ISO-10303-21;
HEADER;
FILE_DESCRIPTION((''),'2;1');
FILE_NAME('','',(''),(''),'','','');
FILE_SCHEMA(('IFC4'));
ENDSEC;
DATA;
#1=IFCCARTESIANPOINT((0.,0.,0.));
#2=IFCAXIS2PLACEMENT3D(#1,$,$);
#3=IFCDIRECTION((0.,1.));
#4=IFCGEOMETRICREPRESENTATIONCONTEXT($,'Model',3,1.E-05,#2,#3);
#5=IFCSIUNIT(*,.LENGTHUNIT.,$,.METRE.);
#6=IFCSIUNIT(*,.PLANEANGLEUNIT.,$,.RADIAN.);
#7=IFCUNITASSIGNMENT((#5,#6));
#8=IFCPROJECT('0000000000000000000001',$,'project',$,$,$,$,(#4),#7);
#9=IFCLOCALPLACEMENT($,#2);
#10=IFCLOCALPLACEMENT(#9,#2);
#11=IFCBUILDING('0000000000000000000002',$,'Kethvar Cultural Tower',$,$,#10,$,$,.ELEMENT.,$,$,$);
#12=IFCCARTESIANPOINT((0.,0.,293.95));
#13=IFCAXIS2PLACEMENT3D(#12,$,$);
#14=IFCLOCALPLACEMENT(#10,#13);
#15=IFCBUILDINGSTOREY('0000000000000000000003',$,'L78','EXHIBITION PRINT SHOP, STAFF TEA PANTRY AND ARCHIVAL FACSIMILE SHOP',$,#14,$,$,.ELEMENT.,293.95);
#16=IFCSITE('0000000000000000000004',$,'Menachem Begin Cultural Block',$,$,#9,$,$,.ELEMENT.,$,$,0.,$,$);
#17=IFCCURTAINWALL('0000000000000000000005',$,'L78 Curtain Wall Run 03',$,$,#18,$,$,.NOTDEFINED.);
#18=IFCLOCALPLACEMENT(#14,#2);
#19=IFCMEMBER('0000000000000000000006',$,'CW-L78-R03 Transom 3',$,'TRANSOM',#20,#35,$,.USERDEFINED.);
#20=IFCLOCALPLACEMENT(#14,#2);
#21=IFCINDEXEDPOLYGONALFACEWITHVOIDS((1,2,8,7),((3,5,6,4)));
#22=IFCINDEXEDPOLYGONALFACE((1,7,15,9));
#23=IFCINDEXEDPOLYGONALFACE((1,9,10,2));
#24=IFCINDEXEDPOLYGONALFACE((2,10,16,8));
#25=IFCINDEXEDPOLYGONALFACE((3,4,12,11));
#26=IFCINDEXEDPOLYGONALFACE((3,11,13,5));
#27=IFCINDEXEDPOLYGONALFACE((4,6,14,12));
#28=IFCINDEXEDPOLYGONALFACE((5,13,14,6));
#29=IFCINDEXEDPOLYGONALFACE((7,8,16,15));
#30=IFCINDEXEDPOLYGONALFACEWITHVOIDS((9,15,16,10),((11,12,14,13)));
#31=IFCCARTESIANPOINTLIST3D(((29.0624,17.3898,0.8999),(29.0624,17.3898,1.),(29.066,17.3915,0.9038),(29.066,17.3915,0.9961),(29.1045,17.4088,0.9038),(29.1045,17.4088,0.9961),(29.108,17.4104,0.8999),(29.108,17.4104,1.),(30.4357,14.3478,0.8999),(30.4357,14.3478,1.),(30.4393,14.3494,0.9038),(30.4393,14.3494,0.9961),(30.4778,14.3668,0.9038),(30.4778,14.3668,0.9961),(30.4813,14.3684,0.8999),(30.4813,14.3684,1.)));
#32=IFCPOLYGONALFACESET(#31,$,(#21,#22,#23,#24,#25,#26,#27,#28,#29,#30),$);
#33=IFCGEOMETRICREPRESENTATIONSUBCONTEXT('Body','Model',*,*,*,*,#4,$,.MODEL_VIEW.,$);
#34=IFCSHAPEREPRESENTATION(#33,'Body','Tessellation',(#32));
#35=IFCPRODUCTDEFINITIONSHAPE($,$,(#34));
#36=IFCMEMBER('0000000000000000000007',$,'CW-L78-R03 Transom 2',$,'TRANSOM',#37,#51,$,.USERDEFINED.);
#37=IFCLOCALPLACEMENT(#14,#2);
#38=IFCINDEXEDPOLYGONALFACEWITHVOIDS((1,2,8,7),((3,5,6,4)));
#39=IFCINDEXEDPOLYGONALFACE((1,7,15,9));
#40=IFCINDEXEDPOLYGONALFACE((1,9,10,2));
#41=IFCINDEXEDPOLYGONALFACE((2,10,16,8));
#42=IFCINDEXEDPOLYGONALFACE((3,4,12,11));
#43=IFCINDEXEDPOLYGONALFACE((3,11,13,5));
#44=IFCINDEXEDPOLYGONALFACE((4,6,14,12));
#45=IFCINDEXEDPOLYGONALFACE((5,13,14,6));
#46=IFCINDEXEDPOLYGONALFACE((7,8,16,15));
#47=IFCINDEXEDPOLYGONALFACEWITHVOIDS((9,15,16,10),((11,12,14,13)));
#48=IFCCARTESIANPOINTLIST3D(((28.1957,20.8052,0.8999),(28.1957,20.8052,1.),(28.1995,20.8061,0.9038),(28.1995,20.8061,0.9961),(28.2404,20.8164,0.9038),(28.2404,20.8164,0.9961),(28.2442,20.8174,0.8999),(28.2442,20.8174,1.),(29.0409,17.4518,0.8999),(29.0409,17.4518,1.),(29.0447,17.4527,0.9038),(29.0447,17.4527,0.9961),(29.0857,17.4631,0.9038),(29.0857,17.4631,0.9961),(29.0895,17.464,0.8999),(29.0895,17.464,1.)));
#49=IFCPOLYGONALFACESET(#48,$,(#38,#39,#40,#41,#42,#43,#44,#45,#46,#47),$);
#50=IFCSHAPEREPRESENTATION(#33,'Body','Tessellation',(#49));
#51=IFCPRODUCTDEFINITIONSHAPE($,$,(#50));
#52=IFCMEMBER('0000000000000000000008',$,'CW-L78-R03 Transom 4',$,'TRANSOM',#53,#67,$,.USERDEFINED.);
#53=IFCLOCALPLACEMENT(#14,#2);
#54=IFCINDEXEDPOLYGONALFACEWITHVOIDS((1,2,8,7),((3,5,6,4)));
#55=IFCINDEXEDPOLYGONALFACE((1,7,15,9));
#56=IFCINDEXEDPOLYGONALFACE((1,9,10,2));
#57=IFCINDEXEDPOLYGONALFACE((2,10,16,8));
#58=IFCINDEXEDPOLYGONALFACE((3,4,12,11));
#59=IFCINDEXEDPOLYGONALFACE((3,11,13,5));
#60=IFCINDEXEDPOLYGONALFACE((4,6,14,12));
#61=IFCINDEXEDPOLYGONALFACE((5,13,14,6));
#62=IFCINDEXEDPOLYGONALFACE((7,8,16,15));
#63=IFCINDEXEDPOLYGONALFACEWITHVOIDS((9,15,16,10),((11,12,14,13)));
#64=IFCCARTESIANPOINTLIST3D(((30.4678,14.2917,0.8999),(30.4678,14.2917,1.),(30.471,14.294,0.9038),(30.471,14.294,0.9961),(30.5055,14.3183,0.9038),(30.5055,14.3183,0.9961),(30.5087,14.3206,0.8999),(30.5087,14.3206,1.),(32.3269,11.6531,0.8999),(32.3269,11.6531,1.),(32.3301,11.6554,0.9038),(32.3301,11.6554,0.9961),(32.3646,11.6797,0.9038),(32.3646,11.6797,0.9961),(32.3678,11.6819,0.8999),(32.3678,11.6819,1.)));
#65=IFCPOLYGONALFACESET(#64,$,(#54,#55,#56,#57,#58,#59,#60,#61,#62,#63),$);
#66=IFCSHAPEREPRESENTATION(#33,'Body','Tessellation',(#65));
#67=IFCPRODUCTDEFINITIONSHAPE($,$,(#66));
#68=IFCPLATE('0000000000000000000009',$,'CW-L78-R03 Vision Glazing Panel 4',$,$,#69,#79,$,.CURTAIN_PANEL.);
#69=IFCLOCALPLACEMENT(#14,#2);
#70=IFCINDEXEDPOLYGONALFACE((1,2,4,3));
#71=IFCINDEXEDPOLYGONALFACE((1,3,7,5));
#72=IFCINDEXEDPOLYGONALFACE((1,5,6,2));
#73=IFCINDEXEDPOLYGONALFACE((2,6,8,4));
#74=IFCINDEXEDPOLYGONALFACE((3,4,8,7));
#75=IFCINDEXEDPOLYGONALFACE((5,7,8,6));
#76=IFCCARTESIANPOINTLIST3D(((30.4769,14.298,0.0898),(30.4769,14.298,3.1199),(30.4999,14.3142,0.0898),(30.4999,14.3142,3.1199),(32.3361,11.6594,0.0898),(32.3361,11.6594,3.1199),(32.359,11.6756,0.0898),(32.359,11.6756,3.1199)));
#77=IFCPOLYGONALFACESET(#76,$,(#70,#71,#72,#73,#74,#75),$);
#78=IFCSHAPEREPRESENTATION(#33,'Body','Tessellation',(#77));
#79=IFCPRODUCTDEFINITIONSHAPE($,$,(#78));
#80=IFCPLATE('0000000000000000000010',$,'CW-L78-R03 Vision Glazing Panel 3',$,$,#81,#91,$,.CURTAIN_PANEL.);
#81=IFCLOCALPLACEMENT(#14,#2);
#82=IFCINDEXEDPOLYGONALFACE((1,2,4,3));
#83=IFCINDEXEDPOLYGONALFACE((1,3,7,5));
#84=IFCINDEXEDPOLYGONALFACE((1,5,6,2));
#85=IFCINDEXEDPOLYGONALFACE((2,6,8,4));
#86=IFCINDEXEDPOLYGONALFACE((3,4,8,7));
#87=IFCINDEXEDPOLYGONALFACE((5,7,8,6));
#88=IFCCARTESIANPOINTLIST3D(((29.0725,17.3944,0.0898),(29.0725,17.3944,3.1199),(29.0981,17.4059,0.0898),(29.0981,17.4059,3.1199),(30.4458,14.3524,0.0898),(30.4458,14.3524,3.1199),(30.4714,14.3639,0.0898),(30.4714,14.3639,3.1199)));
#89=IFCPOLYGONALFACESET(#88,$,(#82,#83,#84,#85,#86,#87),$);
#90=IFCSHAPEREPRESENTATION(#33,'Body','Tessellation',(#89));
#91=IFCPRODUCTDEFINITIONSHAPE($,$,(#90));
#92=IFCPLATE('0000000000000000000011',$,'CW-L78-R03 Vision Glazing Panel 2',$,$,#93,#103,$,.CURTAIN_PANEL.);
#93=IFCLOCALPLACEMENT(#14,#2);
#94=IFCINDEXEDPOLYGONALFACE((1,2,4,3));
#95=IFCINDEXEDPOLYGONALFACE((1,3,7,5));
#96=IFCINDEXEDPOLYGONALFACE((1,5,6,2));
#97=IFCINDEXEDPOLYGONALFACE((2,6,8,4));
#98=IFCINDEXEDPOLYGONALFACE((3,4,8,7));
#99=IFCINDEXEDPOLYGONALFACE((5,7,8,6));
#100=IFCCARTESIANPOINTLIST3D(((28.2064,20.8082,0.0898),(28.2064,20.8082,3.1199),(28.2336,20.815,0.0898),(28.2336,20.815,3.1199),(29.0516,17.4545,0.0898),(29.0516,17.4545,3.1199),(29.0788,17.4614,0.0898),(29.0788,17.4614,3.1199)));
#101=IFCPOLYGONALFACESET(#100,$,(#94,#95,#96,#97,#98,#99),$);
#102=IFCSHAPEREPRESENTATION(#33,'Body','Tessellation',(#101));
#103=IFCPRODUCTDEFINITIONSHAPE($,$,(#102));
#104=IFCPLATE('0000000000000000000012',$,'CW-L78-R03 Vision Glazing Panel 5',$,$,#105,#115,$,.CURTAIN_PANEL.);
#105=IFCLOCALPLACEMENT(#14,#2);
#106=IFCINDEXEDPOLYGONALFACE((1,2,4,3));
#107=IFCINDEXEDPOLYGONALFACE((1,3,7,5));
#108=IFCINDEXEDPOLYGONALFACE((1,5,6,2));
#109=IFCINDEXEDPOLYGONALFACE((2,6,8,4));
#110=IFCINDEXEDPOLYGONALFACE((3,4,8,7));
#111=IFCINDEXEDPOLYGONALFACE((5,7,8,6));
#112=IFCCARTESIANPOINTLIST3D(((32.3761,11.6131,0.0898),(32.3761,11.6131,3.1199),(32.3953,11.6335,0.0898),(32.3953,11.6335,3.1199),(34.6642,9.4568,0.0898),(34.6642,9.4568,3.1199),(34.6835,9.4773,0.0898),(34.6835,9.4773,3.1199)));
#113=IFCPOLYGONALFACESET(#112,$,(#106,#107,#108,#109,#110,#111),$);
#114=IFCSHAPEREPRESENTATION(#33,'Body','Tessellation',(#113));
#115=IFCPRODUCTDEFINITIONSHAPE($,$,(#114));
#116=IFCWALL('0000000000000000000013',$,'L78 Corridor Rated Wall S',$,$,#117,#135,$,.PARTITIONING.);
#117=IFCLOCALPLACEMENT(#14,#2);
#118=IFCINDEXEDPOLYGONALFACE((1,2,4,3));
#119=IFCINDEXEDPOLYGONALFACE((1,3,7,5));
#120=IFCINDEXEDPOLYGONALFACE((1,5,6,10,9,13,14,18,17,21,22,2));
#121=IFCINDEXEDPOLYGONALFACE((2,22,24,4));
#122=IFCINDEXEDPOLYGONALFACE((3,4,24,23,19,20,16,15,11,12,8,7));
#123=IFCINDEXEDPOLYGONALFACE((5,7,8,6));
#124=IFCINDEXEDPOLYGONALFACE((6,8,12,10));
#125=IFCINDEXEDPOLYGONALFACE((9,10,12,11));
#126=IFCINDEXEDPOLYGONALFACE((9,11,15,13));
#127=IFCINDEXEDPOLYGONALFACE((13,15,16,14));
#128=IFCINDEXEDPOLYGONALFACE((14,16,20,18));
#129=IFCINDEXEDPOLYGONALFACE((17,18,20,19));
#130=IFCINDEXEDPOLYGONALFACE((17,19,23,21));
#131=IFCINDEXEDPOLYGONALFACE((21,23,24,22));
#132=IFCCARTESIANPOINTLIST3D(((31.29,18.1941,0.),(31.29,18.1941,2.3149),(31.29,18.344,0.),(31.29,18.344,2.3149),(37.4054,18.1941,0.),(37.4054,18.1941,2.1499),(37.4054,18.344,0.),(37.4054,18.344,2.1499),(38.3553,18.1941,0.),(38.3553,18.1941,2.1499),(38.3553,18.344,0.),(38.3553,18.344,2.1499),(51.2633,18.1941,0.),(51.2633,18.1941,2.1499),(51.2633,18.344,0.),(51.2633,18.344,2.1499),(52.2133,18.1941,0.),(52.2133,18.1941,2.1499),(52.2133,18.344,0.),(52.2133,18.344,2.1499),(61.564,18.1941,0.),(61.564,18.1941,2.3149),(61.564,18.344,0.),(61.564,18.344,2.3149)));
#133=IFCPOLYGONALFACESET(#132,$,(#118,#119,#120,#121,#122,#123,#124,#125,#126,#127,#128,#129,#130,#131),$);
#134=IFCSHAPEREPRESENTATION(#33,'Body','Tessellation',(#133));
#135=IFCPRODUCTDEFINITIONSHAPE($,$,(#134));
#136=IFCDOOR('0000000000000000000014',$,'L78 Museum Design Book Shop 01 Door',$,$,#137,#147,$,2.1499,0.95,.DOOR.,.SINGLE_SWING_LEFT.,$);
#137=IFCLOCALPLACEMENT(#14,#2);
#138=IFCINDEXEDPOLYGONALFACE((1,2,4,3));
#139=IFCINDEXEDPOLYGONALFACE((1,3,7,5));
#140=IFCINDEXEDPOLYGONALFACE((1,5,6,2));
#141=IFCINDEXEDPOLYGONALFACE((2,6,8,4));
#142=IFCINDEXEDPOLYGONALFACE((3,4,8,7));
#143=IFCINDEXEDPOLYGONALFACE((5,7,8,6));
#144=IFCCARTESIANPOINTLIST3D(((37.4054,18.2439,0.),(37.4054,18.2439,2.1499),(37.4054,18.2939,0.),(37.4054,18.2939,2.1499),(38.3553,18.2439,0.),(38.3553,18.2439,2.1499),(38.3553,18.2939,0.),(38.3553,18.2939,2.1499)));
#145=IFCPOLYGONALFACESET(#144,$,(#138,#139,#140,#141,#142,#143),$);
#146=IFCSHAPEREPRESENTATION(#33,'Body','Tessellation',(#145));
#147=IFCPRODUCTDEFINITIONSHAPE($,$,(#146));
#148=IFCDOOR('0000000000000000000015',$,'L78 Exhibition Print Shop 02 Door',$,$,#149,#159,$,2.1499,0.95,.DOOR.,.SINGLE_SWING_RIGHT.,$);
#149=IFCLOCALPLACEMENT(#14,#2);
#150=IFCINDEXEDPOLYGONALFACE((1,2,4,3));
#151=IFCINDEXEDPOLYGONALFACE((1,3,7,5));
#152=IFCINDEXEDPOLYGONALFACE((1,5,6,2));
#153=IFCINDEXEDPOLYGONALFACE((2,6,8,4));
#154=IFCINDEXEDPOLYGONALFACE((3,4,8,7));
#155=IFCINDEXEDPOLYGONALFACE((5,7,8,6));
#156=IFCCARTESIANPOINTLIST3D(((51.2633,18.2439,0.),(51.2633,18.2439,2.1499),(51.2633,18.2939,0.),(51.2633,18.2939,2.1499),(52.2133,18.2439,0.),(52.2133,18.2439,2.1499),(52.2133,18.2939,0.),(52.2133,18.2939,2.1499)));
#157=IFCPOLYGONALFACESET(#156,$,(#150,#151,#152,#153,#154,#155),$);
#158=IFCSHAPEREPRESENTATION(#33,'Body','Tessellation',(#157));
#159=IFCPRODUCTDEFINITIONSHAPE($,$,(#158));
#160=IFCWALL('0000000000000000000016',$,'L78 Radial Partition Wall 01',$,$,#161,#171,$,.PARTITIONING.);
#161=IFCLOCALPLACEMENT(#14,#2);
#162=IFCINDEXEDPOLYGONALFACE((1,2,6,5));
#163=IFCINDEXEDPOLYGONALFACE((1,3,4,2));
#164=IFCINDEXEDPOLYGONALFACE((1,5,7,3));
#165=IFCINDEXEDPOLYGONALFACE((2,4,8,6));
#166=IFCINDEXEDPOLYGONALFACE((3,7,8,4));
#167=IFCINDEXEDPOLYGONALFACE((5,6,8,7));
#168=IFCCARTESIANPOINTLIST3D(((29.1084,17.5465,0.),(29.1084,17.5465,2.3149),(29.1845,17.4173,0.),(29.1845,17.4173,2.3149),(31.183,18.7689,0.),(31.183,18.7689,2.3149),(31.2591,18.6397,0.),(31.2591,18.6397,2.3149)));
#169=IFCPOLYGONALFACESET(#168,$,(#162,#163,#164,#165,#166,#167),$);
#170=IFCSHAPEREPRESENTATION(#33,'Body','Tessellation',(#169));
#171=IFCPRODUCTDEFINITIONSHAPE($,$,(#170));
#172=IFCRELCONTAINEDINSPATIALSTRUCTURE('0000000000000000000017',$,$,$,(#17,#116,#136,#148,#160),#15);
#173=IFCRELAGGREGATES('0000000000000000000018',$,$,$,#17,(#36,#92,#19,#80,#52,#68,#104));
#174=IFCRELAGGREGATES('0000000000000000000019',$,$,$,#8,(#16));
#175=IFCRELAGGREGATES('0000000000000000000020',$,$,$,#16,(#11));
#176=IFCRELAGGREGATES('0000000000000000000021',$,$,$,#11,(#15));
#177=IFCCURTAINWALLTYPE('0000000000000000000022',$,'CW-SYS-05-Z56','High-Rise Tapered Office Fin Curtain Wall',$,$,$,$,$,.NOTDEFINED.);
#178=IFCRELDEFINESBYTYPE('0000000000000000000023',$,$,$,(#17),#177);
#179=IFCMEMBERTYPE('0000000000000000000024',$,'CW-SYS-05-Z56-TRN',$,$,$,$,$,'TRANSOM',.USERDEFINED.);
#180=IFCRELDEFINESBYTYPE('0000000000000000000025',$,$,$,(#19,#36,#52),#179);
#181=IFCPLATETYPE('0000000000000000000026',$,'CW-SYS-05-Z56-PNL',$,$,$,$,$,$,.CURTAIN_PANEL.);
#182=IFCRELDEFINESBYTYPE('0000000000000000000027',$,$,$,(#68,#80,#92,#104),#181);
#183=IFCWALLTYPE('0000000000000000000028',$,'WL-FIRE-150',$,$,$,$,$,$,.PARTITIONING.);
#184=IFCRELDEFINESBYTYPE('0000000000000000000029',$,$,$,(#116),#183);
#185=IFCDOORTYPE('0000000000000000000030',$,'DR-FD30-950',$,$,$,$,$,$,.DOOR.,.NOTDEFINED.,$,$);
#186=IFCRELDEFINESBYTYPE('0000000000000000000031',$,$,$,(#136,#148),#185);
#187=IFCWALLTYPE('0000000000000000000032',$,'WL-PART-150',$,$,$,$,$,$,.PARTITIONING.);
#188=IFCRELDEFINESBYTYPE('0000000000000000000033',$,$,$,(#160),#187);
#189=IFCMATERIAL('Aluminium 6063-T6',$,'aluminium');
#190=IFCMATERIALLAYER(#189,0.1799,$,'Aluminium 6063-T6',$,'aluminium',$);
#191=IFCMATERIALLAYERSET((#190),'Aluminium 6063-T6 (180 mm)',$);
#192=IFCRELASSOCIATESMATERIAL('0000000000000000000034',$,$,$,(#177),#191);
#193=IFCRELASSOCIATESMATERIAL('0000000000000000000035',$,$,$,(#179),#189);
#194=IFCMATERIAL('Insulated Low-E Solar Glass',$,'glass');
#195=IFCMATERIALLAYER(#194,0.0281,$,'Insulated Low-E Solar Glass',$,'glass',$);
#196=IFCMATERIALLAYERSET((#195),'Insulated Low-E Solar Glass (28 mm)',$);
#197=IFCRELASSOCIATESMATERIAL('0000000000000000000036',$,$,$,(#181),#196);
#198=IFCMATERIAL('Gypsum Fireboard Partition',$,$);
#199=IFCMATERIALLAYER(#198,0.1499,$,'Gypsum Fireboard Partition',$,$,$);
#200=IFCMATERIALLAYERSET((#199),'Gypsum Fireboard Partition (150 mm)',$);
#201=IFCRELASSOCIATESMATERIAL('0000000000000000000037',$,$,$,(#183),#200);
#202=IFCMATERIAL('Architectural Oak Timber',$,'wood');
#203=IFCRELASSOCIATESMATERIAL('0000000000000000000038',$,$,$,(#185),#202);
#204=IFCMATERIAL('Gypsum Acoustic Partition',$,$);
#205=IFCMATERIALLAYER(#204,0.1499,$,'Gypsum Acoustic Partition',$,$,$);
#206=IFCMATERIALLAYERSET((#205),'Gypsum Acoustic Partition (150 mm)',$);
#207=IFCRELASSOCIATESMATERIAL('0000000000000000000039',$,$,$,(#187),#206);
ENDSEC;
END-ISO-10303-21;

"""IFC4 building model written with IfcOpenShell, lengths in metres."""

from ifc_helpers import new_model, si_unit, direction, frame, frame_2d, origin, origin_2d, place, context, subcontext, project, spatial, rectangle, hollow_rectangle, extrude, source, transform, mapped, material, layer, layer_set, material_profile, profile_set, type_object, element, fill, aggregate, save


model = new_model("IFC4")

# Units and contexts
model_context = context("Model", 3, precision=1e-05, world=origin(), true_north=direction((0.0, 1.0)))
body_context = subcontext(model_context, "Body", "Model", "MODEL_VIEW")
ifc_project = project(units=[si_unit("LENGTHUNIT", "METRE"), si_unit("PLANEANGLEUNIT", "RADIAN")], contexts=[model_context])

# Site, building, storey
site_placement = place(None, origin())
site = spatial("IfcSite", under=ifc_project, at=site_placement, Name="Menachem Begin Cultural Block", CompositionType="ELEMENT", RefElevation=0.0)
building_placement = place(site_placement, origin())
building = spatial("IfcBuilding", under=site, at=building_placement, Name="Kethvar Cultural Tower", CompositionType="ELEMENT")
storey_placement = place(building_placement, frame((0.0, 0.0, 293.95)))
storey = spatial("IfcBuildingStorey", under=building, at=storey_placement, Name="L78", Description="EXHIBITION PRINT SHOP, STAFF TEA PANTRY AND ARCHIVAL FACSIMILE SHOP", CompositionType="ELEMENT", Elevation=293.95)

# Curtain wall, members, plates
ifc_material_1 = material(Name="Aluminium 6063-T6", Category="aluminium")
ifc_layer_1 = layer(ifc_material_1, 0.1799, Name="Aluminium 6063-T6", Category="aluminium")
ifc_layer_set_1 = layer_set([ifc_layer_1], Name="Aluminium 6063-T6 (180 mm)")
curtain_wall_type = type_object("IfcCurtainWallType", Name="CW-SYS-05-Z56", Description="High-Rise Tapered Office Fin Curtain Wall", PredefinedType="NOTDEFINED", material=ifc_layer_set_1)
curtain_wall_placement = place(storey_placement, origin())
curtain_wall = element("IfcCurtainWall", 1, at=curtain_wall_placement, inside=storey, type_object=curtain_wall_type, Name="L78 Curtain Wall Run 03", PredefinedType="NOTDEFINED")
ifc_material_profile_1 = material_profile(ifc_material_1, hollow_rectangle(XDim=0.05, YDim=0.1001, WallThickness=0.0039, at=origin_2d()), Name="Aluminium 6063-T6 — RHS100x50x4")
ifc_profile_set_1 = profile_set([ifc_material_profile_1], Name="Aluminium 6063-T6 — RHS100x50x4")
member_type_1 = type_object("IfcMemberType", Name="CW-SYS-05-Z56-TRN", ElementType="TRANSOM", PredefinedType="USERDEFINED", material=ifc_profile_set_1)
shared_shape_1 = source(origin(), body_context, "Body", "SweptSolid", [
    extrude(hollow_rectangle(XDim=0.05, YDim=0.1001, WallThickness=0.0039, at=origin_2d()), origin(), (0.0, 0.0, 1.0), 3.3376),
])
member_1_placement = place(storey_placement, frame((29.0852, 17.4001, 0.95), z_axis=(0.411459, -0.911428, 0.0), x_axis=(0.911428, 0.411459, 0.0)))
member_1 = element("IfcMember", 2, at=member_1_placement, type_object=member_type_1, Name="CW-L78-R03 Transom 3", ObjectType="TRANSOM", PredefinedType="USERDEFINED", context=body_context, shape_type="MappedRepresentation", body=[
    mapped(shared_shape_1, transform((0.0, 0.0, 0.0), scale=1.0)),
])
shared_shape_2 = source(origin(), body_context, "Body", "SweptSolid", [
    extrude(hollow_rectangle(XDim=0.05, YDim=0.1001, WallThickness=0.0039, at=origin_2d()), origin(), (0.0, 0.0, 1.0), 3.4583),
])
member_2_placement = place(storey_placement, frame((28.22, 20.8113, 0.95), z_axis=(0.244412, -0.969671, 0.0), x_axis=(0.969671, 0.244412, 0.0)))
member_2 = element("IfcMember", 3, at=member_2_placement, type_object=member_type_1, Name="CW-L78-R03 Transom 2", ObjectType="TRANSOM", PredefinedType="USERDEFINED", context=body_context, shape_type="MappedRepresentation", body=[
    mapped(shared_shape_2, transform((0.0, 0.0, 0.0), scale=1.0)),
])
shared_shape_3 = source(origin(), body_context, "Body", "SweptSolid", [
    extrude(hollow_rectangle(XDim=0.05, YDim=0.1001, WallThickness=0.0039, at=origin_2d()), origin(), (0.0, 0.0, 1.0), 3.2278),
])
member_3_placement = place(storey_placement, frame((30.4883, 14.3062, 0.95), z_axis=(0.575967, -0.817473, 0.0), x_axis=(0.817473, 0.575967, 0.0)))
member_3 = element("IfcMember", 4, at=member_3_placement, type_object=member_type_1, Name="CW-L78-R03 Transom 4", ObjectType="TRANSOM", PredefinedType="USERDEFINED", context=body_context, shape_type="MappedRepresentation", body=[
    mapped(shared_shape_3, transform((0.0, 0.0, 0.0), scale=1.0)),
])
ifc_material_2 = material(Name="Insulated Low-E Solar Glass", Category="glass")
ifc_layer_2 = layer(ifc_material_2, 0.0281, Name="Insulated Low-E Solar Glass", Category="glass")
ifc_layer_set_2 = layer_set([ifc_layer_2], Name="Insulated Low-E Solar Glass (28 mm)")
plate_type = type_object("IfcPlateType", Name="CW-SYS-05-Z56-PNL", PredefinedType="CURTAIN_PANEL", material=ifc_layer_set_2)
shared_shape_4 = source(origin(), body_context, "Body", "SweptSolid", [
    extrude(rectangle(XDim=3.2278, YDim=0.0281, at=origin_2d()), origin(), (0.0, 0.0, 1.0), 3.03),
])
plate_1_placement = place(storey_placement, frame((31.418, 12.9868, 0.0898), z_axis=(0.0, 0.0, 1.0), x_axis=(0.575976, -0.817467, 0.0)))
plate_1 = element("IfcPlate", 5, at=plate_1_placement, type_object=plate_type, Name="CW-L78-R03 Vision Glazing Panel 4", PredefinedType="CURTAIN_PANEL", context=body_context, shape_type="MappedRepresentation", body=[
    mapped(shared_shape_4, transform((0.0, 0.0, 0.0), scale=1.0)),
])
shared_shape_5 = source(origin(), body_context, "Body", "SweptSolid", [
    extrude(rectangle(XDim=3.3376, YDim=0.0281, at=origin_2d()), origin(), (0.0, 0.0, 1.0), 3.03),
])
plate_2_placement = place(storey_placement, frame((29.772, 15.8792, 0.0898), z_axis=(0.0, 0.0, 1.0), x_axis=(0.411467, -0.911425, 0.0)))
plate_2 = element("IfcPlate", 6, at=plate_2_placement, type_object=plate_type, Name="CW-L78-R03 Vision Glazing Panel 3", PredefinedType="CURTAIN_PANEL", context=body_context, shape_type="MappedRepresentation", body=[
    mapped(shared_shape_5, transform((0.0, 0.0, 0.0), scale=1.0)),
])
shared_shape_6 = source(origin(), body_context, "Body", "SweptSolid", [
    extrude(rectangle(XDim=3.4585, YDim=0.0281, at=origin_2d()), origin(), (0.0, 0.0, 1.0), 3.03),
])
plate_3_placement = place(storey_placement, frame((28.6426, 19.1348, 0.0898), z_axis=(0.0, 0.0, 1.0), x_axis=(0.244377, -0.96968, 0.0)))
plate_3 = element("IfcPlate", 7, at=plate_3_placement, type_object=plate_type, Name="CW-L78-R03 Vision Glazing Panel 2", PredefinedType="CURTAIN_PANEL", context=body_context, shape_type="MappedRepresentation", body=[
    mapped(shared_shape_6, transform((0.0, 0.0, 0.0), scale=1.0)),
])
shared_shape_7 = source(origin(), body_context, "Body", "SweptSolid", [
    extrude(rectangle(XDim=3.144, YDim=0.0281, at=origin_2d()), origin(), (0.0, 0.0, 1.0), 3.03),
])
plate_4_placement = place(storey_placement, frame((33.5298, 10.5452, 0.0898), z_axis=(0.0, 0.0, 1.0), x_axis=(0.727773, -0.685818, 0.0)))
plate_4 = element("IfcPlate", 8, at=plate_4_placement, type_object=plate_type, Name="CW-L78-R03 Vision Glazing Panel 5", PredefinedType="CURTAIN_PANEL", context=body_context, shape_type="MappedRepresentation", body=[
    mapped(shared_shape_7, transform((0.0, 0.0, 0.0), scale=1.0)),
])
aggregate(curtain_wall, [member_2, plate_3, member_1, plate_2, member_3, plate_1, plate_4])

# Wall, openings, doors
ifc_material_3 = material(Name="Gypsum Fireboard Partition")
ifc_layer_3 = layer(ifc_material_3, 0.1499, Name="Gypsum Fireboard Partition")
ifc_layer_set_3 = layer_set([ifc_layer_3], Name="Gypsum Fireboard Partition (150 mm)")
wall_type_1 = type_object("IfcWallType", Name="WL-FIRE-150", PredefinedType="PARTITIONING", material=ifc_layer_set_3)
wall_1_placement = place(storey_placement, frame((31.29, 18.269, 0.0), z_axis=(0.0, 0.0, 1.0), x_axis=(1.0, 0.0, 0.0)))
wall_1 = element("IfcWall", 9, at=wall_1_placement, inside=storey, type_object=wall_type_1, Name="L78 Corridor Rated Wall S", PredefinedType="PARTITIONING", context=body_context, shape_type="SweptSolid", body=[
    extrude(rectangle(XDim=30.2739, YDim=0.1499, at=frame_2d((15.137, 0.0))), origin(), (0.0, 0.0, 1.0), 2.3149),
])
opening_1_placement = place(wall_1_placement, frame((6.1152, 0.0, 0.0)))
opening_1 = element("IfcOpeningElement", 10, at=opening_1_placement, cuts=wall_1, PredefinedType="OPENING", context=body_context, shape_type="SweptSolid", body=[
    extrude(rectangle(XDim=0.95, YDim=2.1499, at=frame_2d((0.4751, 1.075))), frame((0.0, 0.085, 0.0), z_axis=(0.0, -1.0, 0.0), x_axis=(1.0, 0.0, 0.0)), (0.0, 0.0, 1.0), 0.1699),
])
opening_2_placement = place(wall_1_placement, frame((19.9731, 0.0, 0.0)))
opening_2 = element("IfcOpeningElement", 11, at=opening_2_placement, cuts=wall_1, PredefinedType="OPENING", context=body_context, shape_type="SweptSolid", body=[
    extrude(rectangle(XDim=0.95, YDim=2.1499, at=frame_2d((0.4751, 1.075))), frame((0.0, 0.085, 0.0), z_axis=(0.0, -1.0, 0.0), x_axis=(1.0, 0.0, 0.0)), (0.0, 0.0, 1.0), 0.1699),
])
ifc_material_4 = material(Name="Architectural Oak Timber", Category="wood")
door_type = type_object("IfcDoorType", Name="DR-FD30-950", OperationType="NOTDEFINED", PredefinedType="DOOR", material=ifc_material_4)
shared_shape_8 = source(origin(), body_context, "Body", "SweptSolid", [
    extrude(rectangle(XDim=0.95, YDim=2.1499, at=frame_2d((0.4751, 1.075))), frame((0.0, 0.0249, 0.0), z_axis=(0.0, -1.0, 0.0), x_axis=(1.0, 0.0, 0.0)), (0.0, 0.0, 1.0), 0.05),
])
door_1_placement = place(opening_1_placement, origin())
door_1 = element("IfcDoor", 12, at=door_1_placement, inside=storey, type_object=door_type, Name="L78 Museum Design Book Shop 01 Door", OperationType="SINGLE_SWING_LEFT", OverallHeight=2.1499, OverallWidth=0.95, PredefinedType="DOOR", context=body_context, shape_type="MappedRepresentation", body=[
    mapped(shared_shape_8, transform((0.0, 0.0, 0.0), scale=1.0)),
])
fill(opening_1, door_1)
door_2_placement = place(opening_2_placement, origin())
door_2 = element("IfcDoor", 13, at=door_2_placement, inside=storey, type_object=door_type, Name="L78 Exhibition Print Shop 02 Door", OperationType="SINGLE_SWING_RIGHT", OverallHeight=2.1499, OverallWidth=0.95, PredefinedType="DOOR", context=body_context, shape_type="MappedRepresentation", body=[
    mapped(shared_shape_8, transform((0.0, 0.0, 0.0), scale=1.0)),
])
fill(opening_2, door_2)

# Wall
ifc_material_5 = material(Name="Gypsum Acoustic Partition")
ifc_layer_4 = layer(ifc_material_5, 0.1499, Name="Gypsum Acoustic Partition")
ifc_layer_set_4 = layer_set([ifc_layer_4], Name="Gypsum Acoustic Partition (150 mm)")
wall_type_2 = type_object("IfcWallType", Name="WL-PART-150", PredefinedType="PARTITIONING", material=ifc_layer_set_4)
wall_2_placement = place(storey_placement, frame((31.2212, 18.7043, 0.0), z_axis=(0.0, 0.0, 1.0), x_axis=(-0.861572, -0.507636, 0.0)))
element("IfcWall", 14, at=wall_2_placement, inside=storey, type_object=wall_type_2, Name="L78 Radial Partition Wall 01", PredefinedType="PARTITIONING", context=body_context, shape_type="SweptSolid", body=[
    extrude(rectangle(XDim=2.408, YDim=0.1499, at=frame_2d((1.2041, 0.0))), origin(), (0.0, 0.0, 1.0), 2.3149),
])

save(model, "model.ifc")
